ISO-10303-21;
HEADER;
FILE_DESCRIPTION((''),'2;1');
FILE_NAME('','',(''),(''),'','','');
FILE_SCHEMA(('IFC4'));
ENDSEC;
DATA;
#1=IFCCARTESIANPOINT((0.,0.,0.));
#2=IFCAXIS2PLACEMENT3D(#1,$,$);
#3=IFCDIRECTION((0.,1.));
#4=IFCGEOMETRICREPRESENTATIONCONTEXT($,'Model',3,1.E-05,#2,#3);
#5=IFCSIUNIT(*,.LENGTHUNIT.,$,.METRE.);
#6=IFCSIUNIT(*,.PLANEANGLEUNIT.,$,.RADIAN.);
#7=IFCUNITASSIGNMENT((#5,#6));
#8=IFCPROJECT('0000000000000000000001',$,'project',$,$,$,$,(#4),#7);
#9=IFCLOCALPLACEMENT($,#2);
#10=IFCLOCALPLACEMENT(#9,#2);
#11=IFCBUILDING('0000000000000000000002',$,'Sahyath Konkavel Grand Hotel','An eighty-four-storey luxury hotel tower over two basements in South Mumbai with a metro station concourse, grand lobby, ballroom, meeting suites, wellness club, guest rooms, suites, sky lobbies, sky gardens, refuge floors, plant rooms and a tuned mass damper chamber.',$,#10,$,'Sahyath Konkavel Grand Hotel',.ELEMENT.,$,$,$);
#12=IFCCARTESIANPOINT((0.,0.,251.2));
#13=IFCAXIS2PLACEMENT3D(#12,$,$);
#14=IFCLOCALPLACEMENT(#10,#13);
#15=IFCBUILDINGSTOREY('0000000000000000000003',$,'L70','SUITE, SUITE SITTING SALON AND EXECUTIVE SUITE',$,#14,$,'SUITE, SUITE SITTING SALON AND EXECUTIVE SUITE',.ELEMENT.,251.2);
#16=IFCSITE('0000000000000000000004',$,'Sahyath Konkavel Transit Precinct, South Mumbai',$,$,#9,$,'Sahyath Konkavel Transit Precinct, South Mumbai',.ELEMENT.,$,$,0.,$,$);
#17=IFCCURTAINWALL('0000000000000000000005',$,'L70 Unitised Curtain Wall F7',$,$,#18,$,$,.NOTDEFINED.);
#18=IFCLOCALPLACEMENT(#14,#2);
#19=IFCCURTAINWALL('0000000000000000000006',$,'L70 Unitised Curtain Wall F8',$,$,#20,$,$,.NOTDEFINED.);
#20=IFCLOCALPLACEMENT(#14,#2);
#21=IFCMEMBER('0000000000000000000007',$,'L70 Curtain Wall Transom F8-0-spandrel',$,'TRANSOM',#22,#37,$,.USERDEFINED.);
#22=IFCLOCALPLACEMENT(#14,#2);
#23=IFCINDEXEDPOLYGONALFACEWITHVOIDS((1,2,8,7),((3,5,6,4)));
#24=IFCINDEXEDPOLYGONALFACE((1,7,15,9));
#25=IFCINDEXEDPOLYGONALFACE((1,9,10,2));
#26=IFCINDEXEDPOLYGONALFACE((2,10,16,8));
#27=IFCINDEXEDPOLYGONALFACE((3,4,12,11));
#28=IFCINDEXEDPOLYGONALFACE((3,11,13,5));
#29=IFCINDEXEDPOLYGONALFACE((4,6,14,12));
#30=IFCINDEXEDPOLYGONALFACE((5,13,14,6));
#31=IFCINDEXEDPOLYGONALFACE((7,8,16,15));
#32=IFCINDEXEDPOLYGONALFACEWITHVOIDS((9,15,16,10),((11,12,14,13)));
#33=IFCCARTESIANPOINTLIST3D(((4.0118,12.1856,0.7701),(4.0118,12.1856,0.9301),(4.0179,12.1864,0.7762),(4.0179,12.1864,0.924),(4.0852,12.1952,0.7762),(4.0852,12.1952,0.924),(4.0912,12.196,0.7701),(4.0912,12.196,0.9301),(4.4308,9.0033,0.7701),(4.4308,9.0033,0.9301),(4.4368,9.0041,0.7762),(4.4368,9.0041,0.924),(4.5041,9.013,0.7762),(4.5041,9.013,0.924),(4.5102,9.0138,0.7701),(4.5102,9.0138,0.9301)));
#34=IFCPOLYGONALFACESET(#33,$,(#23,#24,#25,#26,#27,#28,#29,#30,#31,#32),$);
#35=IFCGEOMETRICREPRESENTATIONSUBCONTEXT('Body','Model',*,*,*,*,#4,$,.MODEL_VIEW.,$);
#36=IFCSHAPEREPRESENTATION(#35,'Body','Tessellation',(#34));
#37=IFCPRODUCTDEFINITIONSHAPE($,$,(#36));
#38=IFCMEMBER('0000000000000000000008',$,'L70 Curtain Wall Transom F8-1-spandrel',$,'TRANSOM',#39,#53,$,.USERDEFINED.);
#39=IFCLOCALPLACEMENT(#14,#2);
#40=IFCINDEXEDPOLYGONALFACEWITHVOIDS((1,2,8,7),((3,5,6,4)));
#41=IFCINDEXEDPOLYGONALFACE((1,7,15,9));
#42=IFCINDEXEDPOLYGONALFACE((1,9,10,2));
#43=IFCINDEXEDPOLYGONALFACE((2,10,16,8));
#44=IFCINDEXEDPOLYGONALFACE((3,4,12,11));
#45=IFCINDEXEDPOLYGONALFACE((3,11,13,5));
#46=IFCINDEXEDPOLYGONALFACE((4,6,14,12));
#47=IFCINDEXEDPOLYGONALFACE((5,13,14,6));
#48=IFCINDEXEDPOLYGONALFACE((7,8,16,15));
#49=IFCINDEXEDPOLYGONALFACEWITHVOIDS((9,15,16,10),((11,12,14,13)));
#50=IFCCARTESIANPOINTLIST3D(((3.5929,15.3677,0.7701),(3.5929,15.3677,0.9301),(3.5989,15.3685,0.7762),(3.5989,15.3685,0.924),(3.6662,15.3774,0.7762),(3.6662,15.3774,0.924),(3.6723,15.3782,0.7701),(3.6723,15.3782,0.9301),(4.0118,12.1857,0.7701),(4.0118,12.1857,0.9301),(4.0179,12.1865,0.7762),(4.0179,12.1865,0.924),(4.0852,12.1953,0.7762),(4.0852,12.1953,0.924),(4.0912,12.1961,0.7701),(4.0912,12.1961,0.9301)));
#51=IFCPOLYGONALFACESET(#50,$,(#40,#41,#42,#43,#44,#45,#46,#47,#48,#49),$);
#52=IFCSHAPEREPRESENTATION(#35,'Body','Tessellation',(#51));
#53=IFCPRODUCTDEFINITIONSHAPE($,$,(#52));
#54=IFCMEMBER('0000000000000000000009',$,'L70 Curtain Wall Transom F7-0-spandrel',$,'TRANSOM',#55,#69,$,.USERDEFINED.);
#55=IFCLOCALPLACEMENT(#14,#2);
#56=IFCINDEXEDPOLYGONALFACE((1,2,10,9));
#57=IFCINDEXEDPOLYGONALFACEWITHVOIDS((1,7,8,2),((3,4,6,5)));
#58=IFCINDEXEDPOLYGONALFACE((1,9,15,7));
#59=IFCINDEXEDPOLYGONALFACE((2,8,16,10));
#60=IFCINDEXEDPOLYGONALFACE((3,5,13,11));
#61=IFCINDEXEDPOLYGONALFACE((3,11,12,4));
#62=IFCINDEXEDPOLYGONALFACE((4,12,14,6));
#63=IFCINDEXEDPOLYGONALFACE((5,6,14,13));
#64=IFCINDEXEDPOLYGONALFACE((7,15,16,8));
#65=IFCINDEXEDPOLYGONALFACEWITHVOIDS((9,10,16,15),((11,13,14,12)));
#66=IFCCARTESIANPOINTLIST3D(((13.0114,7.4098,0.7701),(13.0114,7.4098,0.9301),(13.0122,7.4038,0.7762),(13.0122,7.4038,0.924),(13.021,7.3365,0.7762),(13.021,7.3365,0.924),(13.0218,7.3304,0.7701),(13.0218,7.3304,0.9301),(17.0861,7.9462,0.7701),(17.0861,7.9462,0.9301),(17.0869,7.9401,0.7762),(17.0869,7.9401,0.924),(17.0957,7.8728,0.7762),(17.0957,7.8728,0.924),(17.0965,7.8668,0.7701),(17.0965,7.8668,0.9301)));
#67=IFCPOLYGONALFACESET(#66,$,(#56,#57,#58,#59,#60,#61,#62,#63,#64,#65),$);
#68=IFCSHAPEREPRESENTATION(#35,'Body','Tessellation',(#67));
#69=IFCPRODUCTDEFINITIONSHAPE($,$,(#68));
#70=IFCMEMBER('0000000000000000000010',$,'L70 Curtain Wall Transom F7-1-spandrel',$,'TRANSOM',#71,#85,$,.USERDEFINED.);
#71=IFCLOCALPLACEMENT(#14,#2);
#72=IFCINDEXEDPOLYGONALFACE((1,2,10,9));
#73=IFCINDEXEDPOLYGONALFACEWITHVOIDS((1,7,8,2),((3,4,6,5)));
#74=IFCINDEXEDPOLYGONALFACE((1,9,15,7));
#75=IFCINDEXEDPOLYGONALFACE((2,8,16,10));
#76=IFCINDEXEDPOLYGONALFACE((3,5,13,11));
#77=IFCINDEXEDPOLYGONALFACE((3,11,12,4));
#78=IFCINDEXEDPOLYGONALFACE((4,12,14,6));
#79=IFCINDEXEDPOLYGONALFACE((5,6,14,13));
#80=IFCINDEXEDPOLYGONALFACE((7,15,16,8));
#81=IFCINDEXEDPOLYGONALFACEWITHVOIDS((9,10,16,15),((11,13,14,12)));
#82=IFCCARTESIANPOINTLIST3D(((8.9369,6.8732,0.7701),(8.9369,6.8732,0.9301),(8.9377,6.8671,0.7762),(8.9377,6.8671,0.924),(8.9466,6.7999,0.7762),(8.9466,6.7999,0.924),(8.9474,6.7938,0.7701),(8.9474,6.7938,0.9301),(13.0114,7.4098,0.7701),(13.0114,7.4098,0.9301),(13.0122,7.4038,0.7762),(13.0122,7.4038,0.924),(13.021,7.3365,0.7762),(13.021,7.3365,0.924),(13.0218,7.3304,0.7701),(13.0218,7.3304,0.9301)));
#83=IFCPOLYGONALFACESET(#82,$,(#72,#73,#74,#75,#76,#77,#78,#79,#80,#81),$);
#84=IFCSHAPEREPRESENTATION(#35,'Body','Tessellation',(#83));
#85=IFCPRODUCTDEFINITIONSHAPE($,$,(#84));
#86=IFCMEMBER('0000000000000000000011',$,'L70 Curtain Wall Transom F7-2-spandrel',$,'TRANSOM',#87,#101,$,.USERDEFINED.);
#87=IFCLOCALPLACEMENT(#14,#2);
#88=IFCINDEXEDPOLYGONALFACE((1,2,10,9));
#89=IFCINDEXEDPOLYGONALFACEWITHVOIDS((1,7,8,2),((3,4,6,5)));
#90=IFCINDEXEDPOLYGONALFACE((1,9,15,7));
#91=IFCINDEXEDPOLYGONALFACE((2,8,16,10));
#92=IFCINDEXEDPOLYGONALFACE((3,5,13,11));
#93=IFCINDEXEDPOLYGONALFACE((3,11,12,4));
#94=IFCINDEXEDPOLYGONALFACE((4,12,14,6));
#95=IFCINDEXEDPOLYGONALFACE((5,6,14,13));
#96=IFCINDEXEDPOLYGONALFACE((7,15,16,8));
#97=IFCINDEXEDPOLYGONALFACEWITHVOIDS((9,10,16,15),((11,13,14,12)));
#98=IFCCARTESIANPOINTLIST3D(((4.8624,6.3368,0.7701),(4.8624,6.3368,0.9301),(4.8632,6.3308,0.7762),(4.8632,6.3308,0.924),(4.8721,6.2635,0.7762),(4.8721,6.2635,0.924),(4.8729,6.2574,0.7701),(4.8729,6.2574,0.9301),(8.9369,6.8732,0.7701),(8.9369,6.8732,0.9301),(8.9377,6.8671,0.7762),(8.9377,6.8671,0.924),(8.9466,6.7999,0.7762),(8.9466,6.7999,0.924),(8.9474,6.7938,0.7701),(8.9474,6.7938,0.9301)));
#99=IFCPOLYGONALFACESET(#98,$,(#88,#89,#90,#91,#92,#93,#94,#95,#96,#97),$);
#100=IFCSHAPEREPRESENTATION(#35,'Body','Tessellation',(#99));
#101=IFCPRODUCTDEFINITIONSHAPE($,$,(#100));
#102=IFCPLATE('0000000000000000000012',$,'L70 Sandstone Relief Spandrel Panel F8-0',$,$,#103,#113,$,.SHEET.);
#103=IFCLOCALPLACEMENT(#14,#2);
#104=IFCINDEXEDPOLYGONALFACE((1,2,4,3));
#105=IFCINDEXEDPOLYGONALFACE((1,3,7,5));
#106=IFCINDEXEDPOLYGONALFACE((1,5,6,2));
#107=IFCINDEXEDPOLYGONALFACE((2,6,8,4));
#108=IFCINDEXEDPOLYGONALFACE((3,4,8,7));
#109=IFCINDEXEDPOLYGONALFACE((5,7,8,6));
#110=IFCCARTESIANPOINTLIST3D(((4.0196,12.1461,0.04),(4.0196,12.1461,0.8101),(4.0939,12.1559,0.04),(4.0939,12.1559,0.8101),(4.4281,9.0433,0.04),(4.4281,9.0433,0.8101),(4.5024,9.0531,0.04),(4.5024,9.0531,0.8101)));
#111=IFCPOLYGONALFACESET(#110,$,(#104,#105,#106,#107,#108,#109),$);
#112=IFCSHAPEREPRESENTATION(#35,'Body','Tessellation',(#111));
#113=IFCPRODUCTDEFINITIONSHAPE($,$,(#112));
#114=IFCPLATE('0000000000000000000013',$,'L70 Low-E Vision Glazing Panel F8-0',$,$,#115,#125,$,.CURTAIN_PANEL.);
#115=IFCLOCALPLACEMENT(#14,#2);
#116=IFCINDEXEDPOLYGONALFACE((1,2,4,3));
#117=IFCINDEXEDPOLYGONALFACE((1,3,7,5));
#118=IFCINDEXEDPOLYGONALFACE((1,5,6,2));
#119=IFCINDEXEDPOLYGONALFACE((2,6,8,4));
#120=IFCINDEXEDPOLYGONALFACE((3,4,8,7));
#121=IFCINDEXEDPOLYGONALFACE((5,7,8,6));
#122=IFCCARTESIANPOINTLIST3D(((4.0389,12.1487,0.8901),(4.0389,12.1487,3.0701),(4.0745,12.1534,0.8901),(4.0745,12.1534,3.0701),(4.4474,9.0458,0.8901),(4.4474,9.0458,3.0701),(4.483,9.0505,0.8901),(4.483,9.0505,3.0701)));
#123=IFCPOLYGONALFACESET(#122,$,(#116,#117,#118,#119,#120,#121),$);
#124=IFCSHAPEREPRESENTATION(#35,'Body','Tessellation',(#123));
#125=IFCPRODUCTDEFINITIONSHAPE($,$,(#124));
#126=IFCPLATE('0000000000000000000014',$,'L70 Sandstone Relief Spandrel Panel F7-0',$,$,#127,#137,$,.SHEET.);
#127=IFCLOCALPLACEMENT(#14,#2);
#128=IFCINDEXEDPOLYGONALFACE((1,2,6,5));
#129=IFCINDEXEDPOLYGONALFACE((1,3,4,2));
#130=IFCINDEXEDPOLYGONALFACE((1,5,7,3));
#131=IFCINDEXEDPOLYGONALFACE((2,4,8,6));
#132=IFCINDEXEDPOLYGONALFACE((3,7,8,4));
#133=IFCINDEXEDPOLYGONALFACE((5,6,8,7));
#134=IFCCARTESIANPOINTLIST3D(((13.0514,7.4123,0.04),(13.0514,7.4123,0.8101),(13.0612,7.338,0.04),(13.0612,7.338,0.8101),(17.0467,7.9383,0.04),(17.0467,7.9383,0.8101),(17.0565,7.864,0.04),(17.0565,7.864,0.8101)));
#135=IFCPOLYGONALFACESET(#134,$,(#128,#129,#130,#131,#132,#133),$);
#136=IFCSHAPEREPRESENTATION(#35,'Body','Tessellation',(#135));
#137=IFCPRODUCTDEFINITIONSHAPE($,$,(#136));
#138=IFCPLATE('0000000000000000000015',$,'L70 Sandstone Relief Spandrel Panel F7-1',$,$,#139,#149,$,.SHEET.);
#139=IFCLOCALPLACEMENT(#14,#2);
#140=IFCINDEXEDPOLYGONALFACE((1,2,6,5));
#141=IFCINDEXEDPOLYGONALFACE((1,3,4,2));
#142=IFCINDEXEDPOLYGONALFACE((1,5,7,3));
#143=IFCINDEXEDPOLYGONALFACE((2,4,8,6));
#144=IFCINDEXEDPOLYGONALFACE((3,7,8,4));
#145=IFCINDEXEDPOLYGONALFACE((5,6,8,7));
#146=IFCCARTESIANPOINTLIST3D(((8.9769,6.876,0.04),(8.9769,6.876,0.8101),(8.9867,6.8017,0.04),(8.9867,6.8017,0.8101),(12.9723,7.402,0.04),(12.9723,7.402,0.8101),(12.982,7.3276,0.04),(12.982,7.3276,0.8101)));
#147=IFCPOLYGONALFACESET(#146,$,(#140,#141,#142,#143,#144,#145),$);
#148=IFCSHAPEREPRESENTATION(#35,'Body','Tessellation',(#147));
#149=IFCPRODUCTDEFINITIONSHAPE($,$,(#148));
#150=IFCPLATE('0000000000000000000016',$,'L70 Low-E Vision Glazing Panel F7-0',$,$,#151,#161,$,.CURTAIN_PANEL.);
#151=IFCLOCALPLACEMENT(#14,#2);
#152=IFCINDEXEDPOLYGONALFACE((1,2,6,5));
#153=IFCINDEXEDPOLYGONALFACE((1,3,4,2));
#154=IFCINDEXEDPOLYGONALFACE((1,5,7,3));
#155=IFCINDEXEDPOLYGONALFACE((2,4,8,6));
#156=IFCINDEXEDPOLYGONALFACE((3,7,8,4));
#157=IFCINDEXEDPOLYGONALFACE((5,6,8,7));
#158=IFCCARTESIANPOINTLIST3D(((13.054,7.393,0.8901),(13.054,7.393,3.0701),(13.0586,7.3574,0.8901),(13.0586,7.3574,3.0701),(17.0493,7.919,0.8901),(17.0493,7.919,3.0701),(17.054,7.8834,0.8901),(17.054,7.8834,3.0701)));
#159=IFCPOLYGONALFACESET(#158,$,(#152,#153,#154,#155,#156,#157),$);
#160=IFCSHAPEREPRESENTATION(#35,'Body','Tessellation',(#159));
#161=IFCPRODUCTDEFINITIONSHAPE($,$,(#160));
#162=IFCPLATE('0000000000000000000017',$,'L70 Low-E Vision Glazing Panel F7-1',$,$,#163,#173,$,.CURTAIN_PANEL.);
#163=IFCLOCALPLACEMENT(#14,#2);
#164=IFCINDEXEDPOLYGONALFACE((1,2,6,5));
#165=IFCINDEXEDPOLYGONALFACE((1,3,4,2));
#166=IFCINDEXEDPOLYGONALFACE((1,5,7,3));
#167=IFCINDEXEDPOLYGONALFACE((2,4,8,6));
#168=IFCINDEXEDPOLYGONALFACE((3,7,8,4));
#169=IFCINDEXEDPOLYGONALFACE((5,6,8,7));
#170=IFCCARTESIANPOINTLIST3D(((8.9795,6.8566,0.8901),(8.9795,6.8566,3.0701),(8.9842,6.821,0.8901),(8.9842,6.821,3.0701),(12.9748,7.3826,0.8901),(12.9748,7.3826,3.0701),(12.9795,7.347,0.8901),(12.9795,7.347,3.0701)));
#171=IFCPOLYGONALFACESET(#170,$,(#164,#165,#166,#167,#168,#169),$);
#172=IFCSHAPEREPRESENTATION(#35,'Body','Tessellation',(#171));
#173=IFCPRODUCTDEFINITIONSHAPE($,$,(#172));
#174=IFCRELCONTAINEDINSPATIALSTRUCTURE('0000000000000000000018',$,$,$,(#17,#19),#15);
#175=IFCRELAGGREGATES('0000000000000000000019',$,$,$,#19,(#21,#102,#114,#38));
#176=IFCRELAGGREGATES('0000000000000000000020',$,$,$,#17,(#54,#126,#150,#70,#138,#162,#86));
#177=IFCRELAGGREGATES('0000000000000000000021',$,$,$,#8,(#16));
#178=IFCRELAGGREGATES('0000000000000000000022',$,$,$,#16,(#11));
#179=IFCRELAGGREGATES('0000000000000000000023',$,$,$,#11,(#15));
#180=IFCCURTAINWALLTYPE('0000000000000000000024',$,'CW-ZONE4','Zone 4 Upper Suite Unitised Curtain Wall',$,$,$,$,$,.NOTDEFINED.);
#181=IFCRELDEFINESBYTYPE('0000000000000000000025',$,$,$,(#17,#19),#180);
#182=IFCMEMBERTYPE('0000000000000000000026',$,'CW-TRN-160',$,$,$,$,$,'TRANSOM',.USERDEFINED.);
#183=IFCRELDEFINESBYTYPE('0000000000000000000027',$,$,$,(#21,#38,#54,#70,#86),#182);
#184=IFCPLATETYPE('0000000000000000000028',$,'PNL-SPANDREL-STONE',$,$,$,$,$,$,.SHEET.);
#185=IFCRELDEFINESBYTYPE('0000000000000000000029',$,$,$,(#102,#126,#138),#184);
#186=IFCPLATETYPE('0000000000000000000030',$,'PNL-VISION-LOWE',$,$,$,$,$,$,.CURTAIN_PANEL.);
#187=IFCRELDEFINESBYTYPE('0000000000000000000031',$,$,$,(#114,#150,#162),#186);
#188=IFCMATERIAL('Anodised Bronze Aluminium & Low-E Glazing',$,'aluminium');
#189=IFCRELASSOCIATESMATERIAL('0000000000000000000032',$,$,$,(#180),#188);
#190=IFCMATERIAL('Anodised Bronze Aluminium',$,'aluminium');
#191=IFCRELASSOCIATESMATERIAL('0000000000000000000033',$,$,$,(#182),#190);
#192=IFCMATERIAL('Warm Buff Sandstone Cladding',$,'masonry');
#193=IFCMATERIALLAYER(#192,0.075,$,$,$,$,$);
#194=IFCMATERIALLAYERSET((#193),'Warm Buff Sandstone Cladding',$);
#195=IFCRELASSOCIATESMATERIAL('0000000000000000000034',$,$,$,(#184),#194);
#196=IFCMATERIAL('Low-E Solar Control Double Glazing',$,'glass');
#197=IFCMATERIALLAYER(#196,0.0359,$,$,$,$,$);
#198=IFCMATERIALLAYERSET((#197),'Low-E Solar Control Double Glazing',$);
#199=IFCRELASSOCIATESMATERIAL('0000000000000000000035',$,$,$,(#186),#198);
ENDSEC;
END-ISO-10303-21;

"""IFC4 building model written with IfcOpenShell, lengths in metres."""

from ifc_helpers import new_model, si_unit, direction, frame, origin, origin_2d, place, context, subcontext, project, spatial, rectangle, hollow_rectangle, extrude, source, transform, mapped, material, layer, layer_set, material_profile, profile_set, type_object, element, aggregate, save


model = new_model("IFC4")

# Units and contexts
model_context = context("Model", 3, precision=1e-05, world=origin(), true_north=direction((0.0, 1.0)))
body_context = subcontext(model_context, "Body", "Model", "MODEL_VIEW")
ifc_project = project(units=[si_unit("LENGTHUNIT", "METRE"), si_unit("PLANEANGLEUNIT", "RADIAN")], contexts=[model_context])

# Site, building, storey
site_placement = place(None, origin())
site = spatial("IfcSite", under=ifc_project, at=site_placement, Name="Sahyath Konkavel Transit Precinct, South Mumbai", LongName="Sahyath Konkavel Transit Precinct, South Mumbai", CompositionType="ELEMENT", RefElevation=0.0)
building_placement = place(site_placement, origin())
building = spatial("IfcBuilding", under=site, at=building_placement, Name="Sahyath Konkavel Grand Hotel", Description="An eighty-four-storey luxury hotel tower over two basements in South Mumbai with a metro station concourse, grand lobby, ballroom, meeting suites, wellness club, guest rooms, suites, sky lobbies, sky gardens, refuge floors, plant rooms and a tuned mass damper chamber.", LongName="Sahyath Konkavel Grand Hotel", CompositionType="ELEMENT")
storey_placement = place(building_placement, frame((0.0, 0.0, 251.2)))
storey = spatial("IfcBuildingStorey", under=building, at=storey_placement, Name="L70", Description="SUITE, SUITE SITTING SALON AND EXECUTIVE SUITE", LongName="SUITE, SUITE SITTING SALON AND EXECUTIVE SUITE", CompositionType="ELEMENT", Elevation=251.2)

# Curtain walls
ifc_material_1 = material(Name="Anodised Bronze Aluminium & Low-E Glazing", Category="aluminium")
curtain_wall_type = type_object("IfcCurtainWallType", Name="CW-ZONE4", Description="Zone 4 Upper Suite Unitised Curtain Wall", PredefinedType="NOTDEFINED", material=ifc_material_1)
curtain_wall_1_placement = place(storey_placement, origin())
curtain_wall_1 = element("IfcCurtainWall", 1, at=curtain_wall_1_placement, inside=storey, type_object=curtain_wall_type, Name="L70 Unitised Curtain Wall F7", PredefinedType="NOTDEFINED")
curtain_wall_2_placement = place(storey_placement, origin())
curtain_wall_2 = element("IfcCurtainWall", 2, at=curtain_wall_2_placement, inside=storey, type_object=curtain_wall_type, Name="L70 Unitised Curtain Wall F8", PredefinedType="NOTDEFINED")
ifc_material_2 = material(Name="Anodised Bronze Aluminium", Category="aluminium")

# Members
ifc_material_profile_1 = material_profile(ifc_material_2, hollow_rectangle(XDim=0.0801, YDim=0.1599, WallThickness=0.0061, at=origin_2d()), Name="RHS 160x80x6")
ifc_profile_set_1 = profile_set([ifc_material_profile_1], Name="Anodised Bronze Aluminium")
member_type_1 = type_object("IfcMemberType", Name="CW-TRN-160", ElementType="TRANSOM", PredefinedType="USERDEFINED", material=ifc_profile_set_1)
shared_shape_1 = source(origin(), body_context, "Body", "SweptSolid", [
    extrude(hollow_rectangle(XDim=0.0801, YDim=0.1599, WallThickness=0.0061, at=origin_2d()), origin(), (0.0, 0.0, 1.0), 3.2097),
])
member_1_placement = place(storey_placement, frame((4.4705, 9.0085, 0.8501), z_axis=(-0.130519, 0.991446, 0.0), x_axis=(-0.991446, -0.130519, 0.0)))
member_1 = element("IfcMember", 3, at=member_1_placement, type_object=member_type_1, Name="L70 Curtain Wall Transom F8-0-spandrel", ObjectType="TRANSOM", PredefinedType="USERDEFINED", context=body_context, shape_type="MappedRepresentation", body=[
    mapped(shared_shape_1, transform((0.0, 0.0, 0.0), scale=1.0)),
])
shared_shape_2 = source(origin(), body_context, "Body", "SweptSolid", [
    extrude(hollow_rectangle(XDim=0.0801, YDim=0.1599, WallThickness=0.0061, at=origin_2d()), origin(), (0.0, 0.0, 1.0), 3.2095),
])
member_2_placement = place(storey_placement, frame((4.0515, 12.1909, 0.8501), z_axis=(-0.130529, 0.991444, 0.0), x_axis=(-0.991444, -0.130529, 0.0)))
member_2 = element("IfcMember", 4, at=member_2_placement, type_object=member_type_1, Name="L70 Curtain Wall Transom F8-1-spandrel", ObjectType="TRANSOM", PredefinedType="USERDEFINED", context=body_context, shape_type="MappedRepresentation", body=[
    mapped(shared_shape_2, transform((0.0, 0.0, 0.0), scale=1.0)),
])
shared_shape_3 = source(origin(), body_context, "Body", "SweptSolid", [
    extrude(hollow_rectangle(XDim=0.0801, YDim=0.1599, WallThickness=0.0061, at=origin_2d()), origin(), (0.0, 0.0, 1.0), 4.1099),
])
member_3_placement = place(storey_placement, frame((17.0913, 7.9065, 0.8501), z_axis=(-0.991447, -0.13051, 0.0), x_axis=(0.13051, -0.991447, 0.0)))
member_3 = element("IfcMember", 5, at=member_3_placement, type_object=member_type_1, Name="L70 Curtain Wall Transom F7-0-spandrel", ObjectType="TRANSOM", PredefinedType="USERDEFINED", context=body_context, shape_type="MappedRepresentation", body=[
    mapped(shared_shape_3, transform((0.0, 0.0, 0.0), scale=1.0)),
])
shared_shape_4 = source(origin(), body_context, "Body", "SweptSolid", [
    extrude(hollow_rectangle(XDim=0.0801, YDim=0.1599, WallThickness=0.0061, at=origin_2d()), origin(), (0.0, 0.0, 1.0), 4.1096),
])
member_4_placement = place(storey_placement, frame((13.0166, 7.3701, 0.8501), z_axis=(-0.991438, -0.130576, 0.0), x_axis=(0.130576, -0.991438, 0.0)))
member_4 = element("IfcMember", 6, at=member_4_placement, type_object=member_type_1, Name="L70 Curtain Wall Transom F7-1-spandrel", ObjectType="TRANSOM", PredefinedType="USERDEFINED", context=body_context, shape_type="MappedRepresentation", body=[
    mapped(shared_shape_4, transform((0.0, 0.0, 0.0), scale=1.0)),
])
member_5_placement = place(storey_placement, frame((8.9421, 6.8335, 0.8501), z_axis=(-0.991446, -0.130518, 0.0), x_axis=(0.130518, -0.991446, 0.0)))
member_5 = element("IfcMember", 7, at=member_5_placement, type_object=member_type_1, Name="L70 Curtain Wall Transom F7-2-spandrel", ObjectType="TRANSOM", PredefinedType="USERDEFINED", context=body_context, shape_type="MappedRepresentation", body=[
    mapped(shared_shape_4, transform((0.0, 0.0, 0.0), scale=1.0)),
])

# Plates
ifc_material_3 = material(Name="Warm Buff Sandstone Cladding", Category="masonry")
ifc_layer_1 = layer(ifc_material_3, 0.075)
ifc_layer_set_1 = layer_set([ifc_layer_1], Name="Warm Buff Sandstone Cladding")
plate_type_1 = type_object("IfcPlateType", Name="PNL-SPANDREL-STONE", PredefinedType="SHEET", material=ifc_layer_set_1)
shared_shape_5 = source(origin(), body_context, "Body", "SweptSolid", [
    extrude(rectangle(XDim=3.1296, YDim=0.075, at=origin_2d()), origin(), (0.0, 0.0, 1.0), 0.77),
])
plate_1_placement = place(storey_placement, frame((4.261, 10.5996, 0.04), z_axis=(0.0, 0.0, 1.0), x_axis=(-0.130526, 0.991445, 0.0)))
plate_1 = element("IfcPlate", 8, at=plate_1_placement, type_object=plate_type_1, Name="L70 Sandstone Relief Spandrel Panel F8-0", PredefinedType="SHEET", context=body_context, shape_type="MappedRepresentation", body=[
    mapped(shared_shape_5, transform((0.0, 0.0, 0.0), scale=1.0)),
])
ifc_material_4 = material(Name="Low-E Solar Control Double Glazing", Category="glass")
ifc_layer_2 = layer(ifc_material_4, 0.0359)
ifc_layer_set_2 = layer_set([ifc_layer_2], Name="Low-E Solar Control Double Glazing")
plate_type_2 = type_object("IfcPlateType", Name="PNL-VISION-LOWE", PredefinedType="CURTAIN_PANEL", material=ifc_layer_set_2)
shared_shape_6 = source(origin(), body_context, "Body", "SweptSolid", [
    extrude(rectangle(XDim=3.1296, YDim=0.0359, at=origin_2d()), origin(), (0.0, 0.0, 1.0), 2.1799),
])
plate_2_placement = place(storey_placement, frame((4.261, 10.5996, 0.8901), z_axis=(0.0, 0.0, 1.0), x_axis=(-0.130526, 0.991445, 0.0)))
plate_2 = element("IfcPlate", 9, at=plate_2_placement, type_object=plate_type_2, Name="L70 Low-E Vision Glazing Panel F8-0", PredefinedType="CURTAIN_PANEL", context=body_context, shape_type="MappedRepresentation", body=[
    mapped(shared_shape_6, transform((0.0, 0.0, 0.0), scale=1.0)),
])
aggregate(curtain_wall_2, [member_1, plate_1, plate_2, member_2])
shared_shape_7 = source(origin(), body_context, "Body", "SweptSolid", [
    extrude(rectangle(XDim=4.0298, YDim=0.075, at=origin_2d()), origin(), (0.0, 0.0, 1.0), 0.77),
])
plate_3_placement = place(storey_placement, frame((15.054, 7.6382, 0.04), z_axis=(0.0, 0.0, 1.0), x_axis=(-0.991445, -0.130526, 0.0)))
plate_3 = element("IfcPlate", 10, at=plate_3_placement, type_object=plate_type_1, Name="L70 Sandstone Relief Spandrel Panel F7-0", PredefinedType="SHEET", context=body_context, shape_type="MappedRepresentation", body=[
    mapped(shared_shape_7, transform((0.0, 0.0, 0.0), scale=1.0)),
])
plate_4_placement = place(storey_placement, frame((10.9795, 7.1018, 0.04), z_axis=(0.0, 0.0, 1.0), x_axis=(-0.991445, -0.130526, 0.0)))
plate_4 = element("IfcPlate", 11, at=plate_4_placement, type_object=plate_type_1, Name="L70 Sandstone Relief Spandrel Panel F7-1", PredefinedType="SHEET", context=body_context, shape_type="MappedRepresentation", body=[
    mapped(shared_shape_7, transform((0.0, 0.0, 0.0), scale=1.0)),
])
shared_shape_8 = source(origin(), body_context, "Body", "SweptSolid", [
    extrude(rectangle(XDim=4.0298, YDim=0.0359, at=origin_2d()), origin(), (0.0, 0.0, 1.0), 2.1799),
])
plate_5_placement = place(storey_placement, frame((15.054, 7.6382, 0.8901), z_axis=(0.0, 0.0, 1.0), x_axis=(-0.991445, -0.130526, 0.0)))
plate_5 = element("IfcPlate", 12, at=plate_5_placement, type_object=plate_type_2, Name="L70 Low-E Vision Glazing Panel F7-0", PredefinedType="CURTAIN_PANEL", context=body_context, shape_type="MappedRepresentation", body=[
    mapped(shared_shape_8, transform((0.0, 0.0, 0.0), scale=1.0)),
])
plate_6_placement = place(storey_placement, frame((10.9795, 7.1018, 0.8901), z_axis=(0.0, 0.0, 1.0), x_axis=(-0.991445, -0.130526, 0.0)))
plate_6 = element("IfcPlate", 13, at=plate_6_placement, type_object=plate_type_2, Name="L70 Low-E Vision Glazing Panel F7-1", PredefinedType="CURTAIN_PANEL", context=body_context, shape_type="MappedRepresentation", body=[
    mapped(shared_shape_8, transform((0.0, 0.0, 0.0), scale=1.0)),
])
aggregate(curtain_wall_1, [member_3, plate_3, plate_5, member_4, plate_4, plate_6, member_5])

save(model, "model.ifc")
